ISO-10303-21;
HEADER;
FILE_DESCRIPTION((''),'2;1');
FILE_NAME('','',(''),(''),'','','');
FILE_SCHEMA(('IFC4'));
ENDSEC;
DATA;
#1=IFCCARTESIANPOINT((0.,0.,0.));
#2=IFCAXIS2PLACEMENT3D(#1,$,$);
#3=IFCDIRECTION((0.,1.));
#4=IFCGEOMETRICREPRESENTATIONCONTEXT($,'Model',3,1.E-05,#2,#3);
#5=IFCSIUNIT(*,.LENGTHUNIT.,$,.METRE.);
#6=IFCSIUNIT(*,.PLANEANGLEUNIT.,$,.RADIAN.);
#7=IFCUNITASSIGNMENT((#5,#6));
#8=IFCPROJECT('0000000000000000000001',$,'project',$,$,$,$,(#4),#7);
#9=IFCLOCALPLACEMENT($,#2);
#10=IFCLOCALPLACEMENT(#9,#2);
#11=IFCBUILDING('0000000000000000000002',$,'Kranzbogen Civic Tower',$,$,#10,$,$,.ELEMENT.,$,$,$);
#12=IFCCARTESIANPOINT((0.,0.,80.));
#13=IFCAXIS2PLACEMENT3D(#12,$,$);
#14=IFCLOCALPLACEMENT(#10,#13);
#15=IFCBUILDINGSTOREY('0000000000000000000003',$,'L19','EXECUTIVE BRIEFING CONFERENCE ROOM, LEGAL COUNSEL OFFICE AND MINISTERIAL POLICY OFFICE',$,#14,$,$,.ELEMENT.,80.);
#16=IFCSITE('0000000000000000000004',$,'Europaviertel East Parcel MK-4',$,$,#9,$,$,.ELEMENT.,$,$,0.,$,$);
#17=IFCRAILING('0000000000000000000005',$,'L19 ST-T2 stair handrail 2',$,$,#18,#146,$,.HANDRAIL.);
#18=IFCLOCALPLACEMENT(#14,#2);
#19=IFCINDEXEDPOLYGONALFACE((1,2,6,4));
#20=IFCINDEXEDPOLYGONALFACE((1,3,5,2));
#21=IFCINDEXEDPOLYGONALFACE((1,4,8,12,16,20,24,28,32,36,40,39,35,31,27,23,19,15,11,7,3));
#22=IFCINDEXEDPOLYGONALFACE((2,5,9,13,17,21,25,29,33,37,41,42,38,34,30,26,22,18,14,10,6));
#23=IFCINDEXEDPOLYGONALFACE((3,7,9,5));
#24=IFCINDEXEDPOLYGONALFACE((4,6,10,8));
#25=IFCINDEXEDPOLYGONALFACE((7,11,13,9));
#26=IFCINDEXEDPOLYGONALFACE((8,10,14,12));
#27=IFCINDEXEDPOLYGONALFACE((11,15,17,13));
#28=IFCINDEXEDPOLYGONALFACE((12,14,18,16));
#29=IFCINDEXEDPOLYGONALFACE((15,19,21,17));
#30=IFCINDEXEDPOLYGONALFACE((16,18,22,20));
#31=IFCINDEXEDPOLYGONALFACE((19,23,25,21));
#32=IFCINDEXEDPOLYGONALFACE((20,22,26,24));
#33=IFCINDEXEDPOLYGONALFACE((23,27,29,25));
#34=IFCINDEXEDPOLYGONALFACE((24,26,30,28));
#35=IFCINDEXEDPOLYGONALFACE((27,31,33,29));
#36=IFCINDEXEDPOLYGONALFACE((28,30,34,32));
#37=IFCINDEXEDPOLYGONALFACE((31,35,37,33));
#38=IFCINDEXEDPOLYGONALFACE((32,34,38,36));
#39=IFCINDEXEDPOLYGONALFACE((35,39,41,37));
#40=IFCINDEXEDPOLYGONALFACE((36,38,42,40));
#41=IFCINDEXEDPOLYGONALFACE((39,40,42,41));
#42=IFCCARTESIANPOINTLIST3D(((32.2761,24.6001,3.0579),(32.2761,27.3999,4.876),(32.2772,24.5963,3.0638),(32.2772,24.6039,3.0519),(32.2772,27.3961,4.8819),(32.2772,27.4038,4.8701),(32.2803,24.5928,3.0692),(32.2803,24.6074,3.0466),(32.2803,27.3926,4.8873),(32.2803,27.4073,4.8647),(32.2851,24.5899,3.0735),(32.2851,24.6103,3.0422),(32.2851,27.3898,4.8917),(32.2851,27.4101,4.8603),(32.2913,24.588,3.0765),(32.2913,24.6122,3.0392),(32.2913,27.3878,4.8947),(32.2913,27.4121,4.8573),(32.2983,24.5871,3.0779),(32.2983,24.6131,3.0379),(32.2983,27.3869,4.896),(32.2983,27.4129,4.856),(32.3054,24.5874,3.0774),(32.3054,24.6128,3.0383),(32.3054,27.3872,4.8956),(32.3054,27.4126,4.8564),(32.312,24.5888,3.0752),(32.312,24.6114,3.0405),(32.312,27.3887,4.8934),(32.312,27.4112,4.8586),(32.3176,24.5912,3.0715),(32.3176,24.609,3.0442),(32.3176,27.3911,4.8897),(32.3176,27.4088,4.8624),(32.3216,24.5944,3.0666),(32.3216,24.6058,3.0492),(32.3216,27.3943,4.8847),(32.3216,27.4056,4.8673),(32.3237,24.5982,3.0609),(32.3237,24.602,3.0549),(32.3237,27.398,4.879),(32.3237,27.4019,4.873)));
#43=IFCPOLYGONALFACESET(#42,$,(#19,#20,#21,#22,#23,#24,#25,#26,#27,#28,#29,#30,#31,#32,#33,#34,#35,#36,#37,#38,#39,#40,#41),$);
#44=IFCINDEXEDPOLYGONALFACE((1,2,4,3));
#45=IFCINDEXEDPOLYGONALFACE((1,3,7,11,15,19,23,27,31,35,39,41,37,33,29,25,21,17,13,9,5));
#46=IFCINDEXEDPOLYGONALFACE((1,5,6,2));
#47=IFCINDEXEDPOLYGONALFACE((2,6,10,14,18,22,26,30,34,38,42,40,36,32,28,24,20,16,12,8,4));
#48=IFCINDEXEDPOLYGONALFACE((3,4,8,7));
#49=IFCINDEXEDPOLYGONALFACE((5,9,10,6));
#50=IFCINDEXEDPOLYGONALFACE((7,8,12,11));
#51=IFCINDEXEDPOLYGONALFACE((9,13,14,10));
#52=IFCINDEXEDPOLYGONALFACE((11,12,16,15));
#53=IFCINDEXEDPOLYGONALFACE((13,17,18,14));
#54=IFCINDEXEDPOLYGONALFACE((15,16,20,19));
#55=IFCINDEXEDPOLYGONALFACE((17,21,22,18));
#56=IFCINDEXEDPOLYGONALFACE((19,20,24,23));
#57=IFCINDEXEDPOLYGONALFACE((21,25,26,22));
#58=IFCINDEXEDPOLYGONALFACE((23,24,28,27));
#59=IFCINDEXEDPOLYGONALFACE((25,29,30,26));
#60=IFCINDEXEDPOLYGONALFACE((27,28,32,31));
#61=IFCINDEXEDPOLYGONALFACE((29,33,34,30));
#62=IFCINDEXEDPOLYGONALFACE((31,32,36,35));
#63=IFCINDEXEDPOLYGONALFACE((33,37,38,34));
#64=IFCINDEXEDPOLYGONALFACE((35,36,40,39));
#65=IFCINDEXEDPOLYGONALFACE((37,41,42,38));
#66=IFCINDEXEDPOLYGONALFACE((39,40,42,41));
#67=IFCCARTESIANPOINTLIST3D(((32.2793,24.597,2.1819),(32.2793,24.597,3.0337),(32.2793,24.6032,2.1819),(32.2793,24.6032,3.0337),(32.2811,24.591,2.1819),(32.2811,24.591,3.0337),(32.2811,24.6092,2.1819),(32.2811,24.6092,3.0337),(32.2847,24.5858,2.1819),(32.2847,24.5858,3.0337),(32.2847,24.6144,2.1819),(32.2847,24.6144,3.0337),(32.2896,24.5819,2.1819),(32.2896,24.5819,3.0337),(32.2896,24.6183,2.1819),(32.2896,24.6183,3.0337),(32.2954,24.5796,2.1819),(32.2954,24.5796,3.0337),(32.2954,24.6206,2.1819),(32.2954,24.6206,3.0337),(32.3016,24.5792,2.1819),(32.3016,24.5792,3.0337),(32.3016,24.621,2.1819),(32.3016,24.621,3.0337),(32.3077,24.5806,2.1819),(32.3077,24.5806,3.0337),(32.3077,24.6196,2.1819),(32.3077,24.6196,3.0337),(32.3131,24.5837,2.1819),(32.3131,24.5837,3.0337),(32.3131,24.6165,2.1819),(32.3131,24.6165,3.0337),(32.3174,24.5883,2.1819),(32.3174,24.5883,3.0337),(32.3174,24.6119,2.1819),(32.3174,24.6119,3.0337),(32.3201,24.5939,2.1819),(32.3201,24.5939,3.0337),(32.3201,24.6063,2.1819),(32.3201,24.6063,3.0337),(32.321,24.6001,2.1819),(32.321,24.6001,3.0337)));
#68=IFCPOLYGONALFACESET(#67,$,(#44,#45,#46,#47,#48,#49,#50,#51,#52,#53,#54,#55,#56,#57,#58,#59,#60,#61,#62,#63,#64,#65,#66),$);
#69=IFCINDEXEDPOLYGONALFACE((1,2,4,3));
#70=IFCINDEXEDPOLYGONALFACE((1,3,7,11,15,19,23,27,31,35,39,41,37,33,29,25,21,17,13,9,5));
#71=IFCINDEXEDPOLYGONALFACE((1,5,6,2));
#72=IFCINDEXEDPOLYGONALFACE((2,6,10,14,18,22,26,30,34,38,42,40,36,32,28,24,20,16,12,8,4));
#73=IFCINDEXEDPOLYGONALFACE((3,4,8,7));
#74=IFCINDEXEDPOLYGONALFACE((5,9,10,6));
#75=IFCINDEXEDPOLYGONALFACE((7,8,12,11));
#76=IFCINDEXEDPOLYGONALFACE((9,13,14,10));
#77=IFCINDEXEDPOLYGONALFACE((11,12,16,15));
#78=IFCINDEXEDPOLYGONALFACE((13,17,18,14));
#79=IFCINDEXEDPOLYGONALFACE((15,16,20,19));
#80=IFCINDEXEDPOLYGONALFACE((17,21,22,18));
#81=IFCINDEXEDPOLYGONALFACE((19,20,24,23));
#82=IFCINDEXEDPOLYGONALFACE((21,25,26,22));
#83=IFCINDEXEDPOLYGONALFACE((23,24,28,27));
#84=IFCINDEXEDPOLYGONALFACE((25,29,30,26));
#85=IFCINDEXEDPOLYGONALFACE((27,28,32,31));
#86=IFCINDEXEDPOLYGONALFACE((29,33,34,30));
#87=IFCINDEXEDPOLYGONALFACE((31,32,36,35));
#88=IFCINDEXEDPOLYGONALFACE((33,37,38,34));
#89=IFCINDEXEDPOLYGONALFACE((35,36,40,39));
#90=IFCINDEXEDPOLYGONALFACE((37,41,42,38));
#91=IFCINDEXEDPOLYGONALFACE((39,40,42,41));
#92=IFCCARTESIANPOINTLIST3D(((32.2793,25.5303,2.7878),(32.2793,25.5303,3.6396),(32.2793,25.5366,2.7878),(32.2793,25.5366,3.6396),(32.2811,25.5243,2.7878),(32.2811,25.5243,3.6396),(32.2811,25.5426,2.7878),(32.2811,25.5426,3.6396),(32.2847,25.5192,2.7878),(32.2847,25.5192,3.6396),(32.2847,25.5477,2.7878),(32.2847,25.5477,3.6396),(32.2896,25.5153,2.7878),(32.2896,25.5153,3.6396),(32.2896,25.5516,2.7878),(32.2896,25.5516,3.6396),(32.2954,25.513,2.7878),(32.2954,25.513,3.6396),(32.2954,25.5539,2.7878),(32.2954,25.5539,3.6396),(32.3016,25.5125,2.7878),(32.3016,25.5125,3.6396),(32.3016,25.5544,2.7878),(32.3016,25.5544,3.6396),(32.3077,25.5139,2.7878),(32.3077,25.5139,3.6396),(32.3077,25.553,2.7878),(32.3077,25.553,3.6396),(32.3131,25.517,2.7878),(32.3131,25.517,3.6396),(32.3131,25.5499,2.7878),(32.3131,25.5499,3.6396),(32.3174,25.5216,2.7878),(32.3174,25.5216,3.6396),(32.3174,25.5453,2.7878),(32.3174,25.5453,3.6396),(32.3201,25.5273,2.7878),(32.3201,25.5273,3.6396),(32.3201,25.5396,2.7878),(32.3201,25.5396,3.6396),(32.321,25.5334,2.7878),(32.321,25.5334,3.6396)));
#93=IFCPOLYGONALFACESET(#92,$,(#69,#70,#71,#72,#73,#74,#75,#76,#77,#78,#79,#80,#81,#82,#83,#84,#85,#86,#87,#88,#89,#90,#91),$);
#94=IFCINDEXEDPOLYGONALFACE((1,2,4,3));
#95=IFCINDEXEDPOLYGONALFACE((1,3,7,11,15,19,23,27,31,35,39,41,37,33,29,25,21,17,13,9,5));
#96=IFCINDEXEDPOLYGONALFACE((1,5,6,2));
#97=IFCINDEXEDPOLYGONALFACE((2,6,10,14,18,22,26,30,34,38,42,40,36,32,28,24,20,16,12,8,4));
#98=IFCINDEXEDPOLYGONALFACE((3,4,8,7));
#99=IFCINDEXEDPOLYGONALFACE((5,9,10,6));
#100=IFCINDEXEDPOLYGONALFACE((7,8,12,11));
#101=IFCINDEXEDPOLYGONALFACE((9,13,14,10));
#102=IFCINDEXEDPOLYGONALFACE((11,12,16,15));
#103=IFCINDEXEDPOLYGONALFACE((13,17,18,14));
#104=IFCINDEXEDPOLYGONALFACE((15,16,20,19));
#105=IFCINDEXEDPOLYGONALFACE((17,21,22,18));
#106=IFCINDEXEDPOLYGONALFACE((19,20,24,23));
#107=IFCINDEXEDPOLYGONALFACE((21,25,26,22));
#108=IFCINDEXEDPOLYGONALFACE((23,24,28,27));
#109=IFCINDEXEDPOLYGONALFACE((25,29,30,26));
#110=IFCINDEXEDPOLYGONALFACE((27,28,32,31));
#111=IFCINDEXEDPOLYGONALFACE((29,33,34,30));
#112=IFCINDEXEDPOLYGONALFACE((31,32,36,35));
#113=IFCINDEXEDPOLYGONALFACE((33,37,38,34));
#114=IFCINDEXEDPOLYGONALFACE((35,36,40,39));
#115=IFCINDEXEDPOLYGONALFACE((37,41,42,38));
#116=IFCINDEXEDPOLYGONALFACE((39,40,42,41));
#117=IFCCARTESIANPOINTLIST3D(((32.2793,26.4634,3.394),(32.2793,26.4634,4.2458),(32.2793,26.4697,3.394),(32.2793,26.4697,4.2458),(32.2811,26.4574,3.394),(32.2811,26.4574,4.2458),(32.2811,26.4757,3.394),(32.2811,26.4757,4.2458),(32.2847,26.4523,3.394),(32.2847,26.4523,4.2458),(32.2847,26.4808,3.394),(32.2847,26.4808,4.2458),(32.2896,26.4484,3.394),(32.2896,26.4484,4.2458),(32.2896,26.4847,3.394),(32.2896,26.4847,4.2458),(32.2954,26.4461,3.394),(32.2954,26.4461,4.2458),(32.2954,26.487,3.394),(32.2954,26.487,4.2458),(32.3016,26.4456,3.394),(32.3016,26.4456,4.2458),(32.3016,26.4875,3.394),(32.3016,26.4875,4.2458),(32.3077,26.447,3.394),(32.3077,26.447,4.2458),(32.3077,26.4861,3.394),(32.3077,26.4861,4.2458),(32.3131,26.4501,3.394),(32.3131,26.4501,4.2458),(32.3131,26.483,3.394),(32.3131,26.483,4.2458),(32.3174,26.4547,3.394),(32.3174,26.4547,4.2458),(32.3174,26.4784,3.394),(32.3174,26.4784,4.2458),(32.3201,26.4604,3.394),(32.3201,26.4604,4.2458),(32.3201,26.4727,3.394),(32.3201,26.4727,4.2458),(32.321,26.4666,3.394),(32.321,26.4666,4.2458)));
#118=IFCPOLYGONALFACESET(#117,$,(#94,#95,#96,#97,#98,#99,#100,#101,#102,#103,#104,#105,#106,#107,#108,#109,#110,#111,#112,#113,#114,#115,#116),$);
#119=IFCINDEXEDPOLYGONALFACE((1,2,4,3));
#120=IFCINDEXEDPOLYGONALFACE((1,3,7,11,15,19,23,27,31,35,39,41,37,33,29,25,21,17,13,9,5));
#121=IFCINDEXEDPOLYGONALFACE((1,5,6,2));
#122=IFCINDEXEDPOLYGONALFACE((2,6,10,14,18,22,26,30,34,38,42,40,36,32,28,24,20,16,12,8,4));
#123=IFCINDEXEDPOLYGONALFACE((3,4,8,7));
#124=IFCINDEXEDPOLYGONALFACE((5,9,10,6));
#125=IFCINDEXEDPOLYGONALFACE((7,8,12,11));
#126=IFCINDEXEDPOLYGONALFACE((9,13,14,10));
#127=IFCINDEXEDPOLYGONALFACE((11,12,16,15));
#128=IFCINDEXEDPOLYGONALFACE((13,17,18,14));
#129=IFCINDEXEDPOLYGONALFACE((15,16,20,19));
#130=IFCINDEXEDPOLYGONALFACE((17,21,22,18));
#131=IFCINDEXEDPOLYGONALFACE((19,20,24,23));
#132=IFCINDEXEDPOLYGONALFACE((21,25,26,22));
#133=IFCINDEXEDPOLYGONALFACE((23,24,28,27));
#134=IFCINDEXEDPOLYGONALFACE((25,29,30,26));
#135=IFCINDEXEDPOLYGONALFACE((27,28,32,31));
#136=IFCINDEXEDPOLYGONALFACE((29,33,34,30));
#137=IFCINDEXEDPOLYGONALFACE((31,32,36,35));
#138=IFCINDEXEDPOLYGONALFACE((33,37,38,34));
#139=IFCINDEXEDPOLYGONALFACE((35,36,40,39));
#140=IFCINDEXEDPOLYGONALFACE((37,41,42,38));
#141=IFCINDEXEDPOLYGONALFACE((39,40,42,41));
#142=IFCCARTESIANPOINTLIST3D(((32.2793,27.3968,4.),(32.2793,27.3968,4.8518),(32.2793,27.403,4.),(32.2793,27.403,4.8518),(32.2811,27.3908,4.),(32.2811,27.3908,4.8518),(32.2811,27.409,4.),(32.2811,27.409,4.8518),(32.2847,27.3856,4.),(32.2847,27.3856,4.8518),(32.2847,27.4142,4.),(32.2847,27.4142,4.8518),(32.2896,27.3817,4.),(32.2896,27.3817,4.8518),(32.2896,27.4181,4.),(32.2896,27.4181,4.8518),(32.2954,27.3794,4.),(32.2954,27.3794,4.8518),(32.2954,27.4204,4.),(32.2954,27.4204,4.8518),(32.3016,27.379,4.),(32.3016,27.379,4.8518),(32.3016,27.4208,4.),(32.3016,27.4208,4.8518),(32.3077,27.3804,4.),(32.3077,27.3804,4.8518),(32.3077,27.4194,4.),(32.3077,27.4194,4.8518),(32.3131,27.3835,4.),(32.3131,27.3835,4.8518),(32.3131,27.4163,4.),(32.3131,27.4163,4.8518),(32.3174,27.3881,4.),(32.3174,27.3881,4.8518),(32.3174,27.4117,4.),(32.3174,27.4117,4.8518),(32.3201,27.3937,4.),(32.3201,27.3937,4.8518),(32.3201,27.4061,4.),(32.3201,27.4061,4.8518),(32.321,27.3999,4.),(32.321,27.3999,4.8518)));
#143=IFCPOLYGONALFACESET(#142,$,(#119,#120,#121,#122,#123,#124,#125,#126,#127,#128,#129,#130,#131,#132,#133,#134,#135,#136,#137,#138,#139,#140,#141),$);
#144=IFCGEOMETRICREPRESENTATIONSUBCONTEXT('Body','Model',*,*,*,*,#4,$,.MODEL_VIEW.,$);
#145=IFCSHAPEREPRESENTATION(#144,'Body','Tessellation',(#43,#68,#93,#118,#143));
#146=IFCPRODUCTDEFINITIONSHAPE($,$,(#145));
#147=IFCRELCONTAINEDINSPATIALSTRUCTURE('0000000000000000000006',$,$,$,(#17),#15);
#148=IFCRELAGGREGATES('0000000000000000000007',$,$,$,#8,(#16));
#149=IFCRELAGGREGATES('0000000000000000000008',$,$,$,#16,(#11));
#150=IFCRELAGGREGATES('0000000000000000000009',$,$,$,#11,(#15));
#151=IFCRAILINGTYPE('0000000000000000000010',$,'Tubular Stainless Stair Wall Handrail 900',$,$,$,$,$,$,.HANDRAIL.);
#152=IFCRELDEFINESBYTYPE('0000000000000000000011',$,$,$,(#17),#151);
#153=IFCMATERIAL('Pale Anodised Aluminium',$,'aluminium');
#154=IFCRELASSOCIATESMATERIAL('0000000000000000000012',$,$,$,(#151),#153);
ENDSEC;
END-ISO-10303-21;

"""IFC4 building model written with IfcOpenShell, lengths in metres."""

from ifc_helpers import new_model, si_unit, direction, frame, origin, origin_2d, place, context, subcontext, project, spatial, circle, extrude, material, type_object, element, save


model = new_model("IFC4")

# Units and contexts
model_context = context("Model", 3, precision=1e-05, world=origin(), true_north=direction((0.0, 1.0)))
body_context = subcontext(model_context, "Body", "Model", "MODEL_VIEW")
ifc_project = project(units=[si_unit("LENGTHUNIT", "METRE"), si_unit("PLANEANGLEUNIT", "RADIAN")], contexts=[model_context])

# Site, building, storey
site_placement = place(None, origin())
site = spatial("IfcSite", under=ifc_project, at=site_placement, Name="Europaviertel East Parcel MK-4", CompositionType="ELEMENT", RefElevation=0.0)
building_placement = place(site_placement, origin())
building = spatial("IfcBuilding", under=site, at=building_placement, Name="Kranzbogen Civic Tower", CompositionType="ELEMENT")
storey_placement = place(building_placement, frame((0.0, 0.0, 80.0)))
storey = spatial("IfcBuildingStorey", under=building, at=storey_placement, Name="L19", Description="EXECUTIVE BRIEFING CONFERENCE ROOM, LEGAL COUNSEL OFFICE AND MINISTERIAL POLICY OFFICE", CompositionType="ELEMENT", Elevation=80.0)

# Shared definitions
ifc_material_1 = material(Name="Pale Anodised Aluminium", Category="aluminium")

# Railing
railing_type_1 = type_object("IfcRailingType", Name="Tubular Stainless Stair Wall Handrail 900", PredefinedType="HANDRAIL", material=ifc_material_1)
railing_1_placement = place(storey_placement, frame((32.3, 24.6001, 2.1819)))
element("IfcRailing", 1, at=railing_1_placement, inside=storey, type_object=railing_type_1, Name="L19 ST-T2 stair handrail 2", PredefinedType="HANDRAIL", context=body_context, shape_type="SweptSolid", body=[
    extrude(circle(Radius=0.0239, at=origin_2d()), frame((0.0, 0.0, 0.876), z_axis=(0.0, 0.838684, 0.544618), x_axis=(-1.0, 0.0, 0.0)), (0.0, 0.0, 1.0), 3.3384),
    extrude(circle(Radius=0.021, at=origin_2d()), origin(), (0.0, 0.0, 1.0), 0.8518),
    extrude(circle(Radius=0.021, at=origin_2d()), frame((0.0, 0.9333, 0.606)), (0.0, 0.0, 1.0), 0.8518),
    extrude(circle(Radius=0.021, at=origin_2d()), frame((0.0, 1.8665, 1.2122)), (0.0, 0.0, 1.0), 0.8518),
    extrude(circle(Radius=0.021, at=origin_2d()), frame((0.0, 2.7998, 1.8181)), (0.0, 0.0, 1.0), 0.8518),
])

save(model, "model.ifc")
